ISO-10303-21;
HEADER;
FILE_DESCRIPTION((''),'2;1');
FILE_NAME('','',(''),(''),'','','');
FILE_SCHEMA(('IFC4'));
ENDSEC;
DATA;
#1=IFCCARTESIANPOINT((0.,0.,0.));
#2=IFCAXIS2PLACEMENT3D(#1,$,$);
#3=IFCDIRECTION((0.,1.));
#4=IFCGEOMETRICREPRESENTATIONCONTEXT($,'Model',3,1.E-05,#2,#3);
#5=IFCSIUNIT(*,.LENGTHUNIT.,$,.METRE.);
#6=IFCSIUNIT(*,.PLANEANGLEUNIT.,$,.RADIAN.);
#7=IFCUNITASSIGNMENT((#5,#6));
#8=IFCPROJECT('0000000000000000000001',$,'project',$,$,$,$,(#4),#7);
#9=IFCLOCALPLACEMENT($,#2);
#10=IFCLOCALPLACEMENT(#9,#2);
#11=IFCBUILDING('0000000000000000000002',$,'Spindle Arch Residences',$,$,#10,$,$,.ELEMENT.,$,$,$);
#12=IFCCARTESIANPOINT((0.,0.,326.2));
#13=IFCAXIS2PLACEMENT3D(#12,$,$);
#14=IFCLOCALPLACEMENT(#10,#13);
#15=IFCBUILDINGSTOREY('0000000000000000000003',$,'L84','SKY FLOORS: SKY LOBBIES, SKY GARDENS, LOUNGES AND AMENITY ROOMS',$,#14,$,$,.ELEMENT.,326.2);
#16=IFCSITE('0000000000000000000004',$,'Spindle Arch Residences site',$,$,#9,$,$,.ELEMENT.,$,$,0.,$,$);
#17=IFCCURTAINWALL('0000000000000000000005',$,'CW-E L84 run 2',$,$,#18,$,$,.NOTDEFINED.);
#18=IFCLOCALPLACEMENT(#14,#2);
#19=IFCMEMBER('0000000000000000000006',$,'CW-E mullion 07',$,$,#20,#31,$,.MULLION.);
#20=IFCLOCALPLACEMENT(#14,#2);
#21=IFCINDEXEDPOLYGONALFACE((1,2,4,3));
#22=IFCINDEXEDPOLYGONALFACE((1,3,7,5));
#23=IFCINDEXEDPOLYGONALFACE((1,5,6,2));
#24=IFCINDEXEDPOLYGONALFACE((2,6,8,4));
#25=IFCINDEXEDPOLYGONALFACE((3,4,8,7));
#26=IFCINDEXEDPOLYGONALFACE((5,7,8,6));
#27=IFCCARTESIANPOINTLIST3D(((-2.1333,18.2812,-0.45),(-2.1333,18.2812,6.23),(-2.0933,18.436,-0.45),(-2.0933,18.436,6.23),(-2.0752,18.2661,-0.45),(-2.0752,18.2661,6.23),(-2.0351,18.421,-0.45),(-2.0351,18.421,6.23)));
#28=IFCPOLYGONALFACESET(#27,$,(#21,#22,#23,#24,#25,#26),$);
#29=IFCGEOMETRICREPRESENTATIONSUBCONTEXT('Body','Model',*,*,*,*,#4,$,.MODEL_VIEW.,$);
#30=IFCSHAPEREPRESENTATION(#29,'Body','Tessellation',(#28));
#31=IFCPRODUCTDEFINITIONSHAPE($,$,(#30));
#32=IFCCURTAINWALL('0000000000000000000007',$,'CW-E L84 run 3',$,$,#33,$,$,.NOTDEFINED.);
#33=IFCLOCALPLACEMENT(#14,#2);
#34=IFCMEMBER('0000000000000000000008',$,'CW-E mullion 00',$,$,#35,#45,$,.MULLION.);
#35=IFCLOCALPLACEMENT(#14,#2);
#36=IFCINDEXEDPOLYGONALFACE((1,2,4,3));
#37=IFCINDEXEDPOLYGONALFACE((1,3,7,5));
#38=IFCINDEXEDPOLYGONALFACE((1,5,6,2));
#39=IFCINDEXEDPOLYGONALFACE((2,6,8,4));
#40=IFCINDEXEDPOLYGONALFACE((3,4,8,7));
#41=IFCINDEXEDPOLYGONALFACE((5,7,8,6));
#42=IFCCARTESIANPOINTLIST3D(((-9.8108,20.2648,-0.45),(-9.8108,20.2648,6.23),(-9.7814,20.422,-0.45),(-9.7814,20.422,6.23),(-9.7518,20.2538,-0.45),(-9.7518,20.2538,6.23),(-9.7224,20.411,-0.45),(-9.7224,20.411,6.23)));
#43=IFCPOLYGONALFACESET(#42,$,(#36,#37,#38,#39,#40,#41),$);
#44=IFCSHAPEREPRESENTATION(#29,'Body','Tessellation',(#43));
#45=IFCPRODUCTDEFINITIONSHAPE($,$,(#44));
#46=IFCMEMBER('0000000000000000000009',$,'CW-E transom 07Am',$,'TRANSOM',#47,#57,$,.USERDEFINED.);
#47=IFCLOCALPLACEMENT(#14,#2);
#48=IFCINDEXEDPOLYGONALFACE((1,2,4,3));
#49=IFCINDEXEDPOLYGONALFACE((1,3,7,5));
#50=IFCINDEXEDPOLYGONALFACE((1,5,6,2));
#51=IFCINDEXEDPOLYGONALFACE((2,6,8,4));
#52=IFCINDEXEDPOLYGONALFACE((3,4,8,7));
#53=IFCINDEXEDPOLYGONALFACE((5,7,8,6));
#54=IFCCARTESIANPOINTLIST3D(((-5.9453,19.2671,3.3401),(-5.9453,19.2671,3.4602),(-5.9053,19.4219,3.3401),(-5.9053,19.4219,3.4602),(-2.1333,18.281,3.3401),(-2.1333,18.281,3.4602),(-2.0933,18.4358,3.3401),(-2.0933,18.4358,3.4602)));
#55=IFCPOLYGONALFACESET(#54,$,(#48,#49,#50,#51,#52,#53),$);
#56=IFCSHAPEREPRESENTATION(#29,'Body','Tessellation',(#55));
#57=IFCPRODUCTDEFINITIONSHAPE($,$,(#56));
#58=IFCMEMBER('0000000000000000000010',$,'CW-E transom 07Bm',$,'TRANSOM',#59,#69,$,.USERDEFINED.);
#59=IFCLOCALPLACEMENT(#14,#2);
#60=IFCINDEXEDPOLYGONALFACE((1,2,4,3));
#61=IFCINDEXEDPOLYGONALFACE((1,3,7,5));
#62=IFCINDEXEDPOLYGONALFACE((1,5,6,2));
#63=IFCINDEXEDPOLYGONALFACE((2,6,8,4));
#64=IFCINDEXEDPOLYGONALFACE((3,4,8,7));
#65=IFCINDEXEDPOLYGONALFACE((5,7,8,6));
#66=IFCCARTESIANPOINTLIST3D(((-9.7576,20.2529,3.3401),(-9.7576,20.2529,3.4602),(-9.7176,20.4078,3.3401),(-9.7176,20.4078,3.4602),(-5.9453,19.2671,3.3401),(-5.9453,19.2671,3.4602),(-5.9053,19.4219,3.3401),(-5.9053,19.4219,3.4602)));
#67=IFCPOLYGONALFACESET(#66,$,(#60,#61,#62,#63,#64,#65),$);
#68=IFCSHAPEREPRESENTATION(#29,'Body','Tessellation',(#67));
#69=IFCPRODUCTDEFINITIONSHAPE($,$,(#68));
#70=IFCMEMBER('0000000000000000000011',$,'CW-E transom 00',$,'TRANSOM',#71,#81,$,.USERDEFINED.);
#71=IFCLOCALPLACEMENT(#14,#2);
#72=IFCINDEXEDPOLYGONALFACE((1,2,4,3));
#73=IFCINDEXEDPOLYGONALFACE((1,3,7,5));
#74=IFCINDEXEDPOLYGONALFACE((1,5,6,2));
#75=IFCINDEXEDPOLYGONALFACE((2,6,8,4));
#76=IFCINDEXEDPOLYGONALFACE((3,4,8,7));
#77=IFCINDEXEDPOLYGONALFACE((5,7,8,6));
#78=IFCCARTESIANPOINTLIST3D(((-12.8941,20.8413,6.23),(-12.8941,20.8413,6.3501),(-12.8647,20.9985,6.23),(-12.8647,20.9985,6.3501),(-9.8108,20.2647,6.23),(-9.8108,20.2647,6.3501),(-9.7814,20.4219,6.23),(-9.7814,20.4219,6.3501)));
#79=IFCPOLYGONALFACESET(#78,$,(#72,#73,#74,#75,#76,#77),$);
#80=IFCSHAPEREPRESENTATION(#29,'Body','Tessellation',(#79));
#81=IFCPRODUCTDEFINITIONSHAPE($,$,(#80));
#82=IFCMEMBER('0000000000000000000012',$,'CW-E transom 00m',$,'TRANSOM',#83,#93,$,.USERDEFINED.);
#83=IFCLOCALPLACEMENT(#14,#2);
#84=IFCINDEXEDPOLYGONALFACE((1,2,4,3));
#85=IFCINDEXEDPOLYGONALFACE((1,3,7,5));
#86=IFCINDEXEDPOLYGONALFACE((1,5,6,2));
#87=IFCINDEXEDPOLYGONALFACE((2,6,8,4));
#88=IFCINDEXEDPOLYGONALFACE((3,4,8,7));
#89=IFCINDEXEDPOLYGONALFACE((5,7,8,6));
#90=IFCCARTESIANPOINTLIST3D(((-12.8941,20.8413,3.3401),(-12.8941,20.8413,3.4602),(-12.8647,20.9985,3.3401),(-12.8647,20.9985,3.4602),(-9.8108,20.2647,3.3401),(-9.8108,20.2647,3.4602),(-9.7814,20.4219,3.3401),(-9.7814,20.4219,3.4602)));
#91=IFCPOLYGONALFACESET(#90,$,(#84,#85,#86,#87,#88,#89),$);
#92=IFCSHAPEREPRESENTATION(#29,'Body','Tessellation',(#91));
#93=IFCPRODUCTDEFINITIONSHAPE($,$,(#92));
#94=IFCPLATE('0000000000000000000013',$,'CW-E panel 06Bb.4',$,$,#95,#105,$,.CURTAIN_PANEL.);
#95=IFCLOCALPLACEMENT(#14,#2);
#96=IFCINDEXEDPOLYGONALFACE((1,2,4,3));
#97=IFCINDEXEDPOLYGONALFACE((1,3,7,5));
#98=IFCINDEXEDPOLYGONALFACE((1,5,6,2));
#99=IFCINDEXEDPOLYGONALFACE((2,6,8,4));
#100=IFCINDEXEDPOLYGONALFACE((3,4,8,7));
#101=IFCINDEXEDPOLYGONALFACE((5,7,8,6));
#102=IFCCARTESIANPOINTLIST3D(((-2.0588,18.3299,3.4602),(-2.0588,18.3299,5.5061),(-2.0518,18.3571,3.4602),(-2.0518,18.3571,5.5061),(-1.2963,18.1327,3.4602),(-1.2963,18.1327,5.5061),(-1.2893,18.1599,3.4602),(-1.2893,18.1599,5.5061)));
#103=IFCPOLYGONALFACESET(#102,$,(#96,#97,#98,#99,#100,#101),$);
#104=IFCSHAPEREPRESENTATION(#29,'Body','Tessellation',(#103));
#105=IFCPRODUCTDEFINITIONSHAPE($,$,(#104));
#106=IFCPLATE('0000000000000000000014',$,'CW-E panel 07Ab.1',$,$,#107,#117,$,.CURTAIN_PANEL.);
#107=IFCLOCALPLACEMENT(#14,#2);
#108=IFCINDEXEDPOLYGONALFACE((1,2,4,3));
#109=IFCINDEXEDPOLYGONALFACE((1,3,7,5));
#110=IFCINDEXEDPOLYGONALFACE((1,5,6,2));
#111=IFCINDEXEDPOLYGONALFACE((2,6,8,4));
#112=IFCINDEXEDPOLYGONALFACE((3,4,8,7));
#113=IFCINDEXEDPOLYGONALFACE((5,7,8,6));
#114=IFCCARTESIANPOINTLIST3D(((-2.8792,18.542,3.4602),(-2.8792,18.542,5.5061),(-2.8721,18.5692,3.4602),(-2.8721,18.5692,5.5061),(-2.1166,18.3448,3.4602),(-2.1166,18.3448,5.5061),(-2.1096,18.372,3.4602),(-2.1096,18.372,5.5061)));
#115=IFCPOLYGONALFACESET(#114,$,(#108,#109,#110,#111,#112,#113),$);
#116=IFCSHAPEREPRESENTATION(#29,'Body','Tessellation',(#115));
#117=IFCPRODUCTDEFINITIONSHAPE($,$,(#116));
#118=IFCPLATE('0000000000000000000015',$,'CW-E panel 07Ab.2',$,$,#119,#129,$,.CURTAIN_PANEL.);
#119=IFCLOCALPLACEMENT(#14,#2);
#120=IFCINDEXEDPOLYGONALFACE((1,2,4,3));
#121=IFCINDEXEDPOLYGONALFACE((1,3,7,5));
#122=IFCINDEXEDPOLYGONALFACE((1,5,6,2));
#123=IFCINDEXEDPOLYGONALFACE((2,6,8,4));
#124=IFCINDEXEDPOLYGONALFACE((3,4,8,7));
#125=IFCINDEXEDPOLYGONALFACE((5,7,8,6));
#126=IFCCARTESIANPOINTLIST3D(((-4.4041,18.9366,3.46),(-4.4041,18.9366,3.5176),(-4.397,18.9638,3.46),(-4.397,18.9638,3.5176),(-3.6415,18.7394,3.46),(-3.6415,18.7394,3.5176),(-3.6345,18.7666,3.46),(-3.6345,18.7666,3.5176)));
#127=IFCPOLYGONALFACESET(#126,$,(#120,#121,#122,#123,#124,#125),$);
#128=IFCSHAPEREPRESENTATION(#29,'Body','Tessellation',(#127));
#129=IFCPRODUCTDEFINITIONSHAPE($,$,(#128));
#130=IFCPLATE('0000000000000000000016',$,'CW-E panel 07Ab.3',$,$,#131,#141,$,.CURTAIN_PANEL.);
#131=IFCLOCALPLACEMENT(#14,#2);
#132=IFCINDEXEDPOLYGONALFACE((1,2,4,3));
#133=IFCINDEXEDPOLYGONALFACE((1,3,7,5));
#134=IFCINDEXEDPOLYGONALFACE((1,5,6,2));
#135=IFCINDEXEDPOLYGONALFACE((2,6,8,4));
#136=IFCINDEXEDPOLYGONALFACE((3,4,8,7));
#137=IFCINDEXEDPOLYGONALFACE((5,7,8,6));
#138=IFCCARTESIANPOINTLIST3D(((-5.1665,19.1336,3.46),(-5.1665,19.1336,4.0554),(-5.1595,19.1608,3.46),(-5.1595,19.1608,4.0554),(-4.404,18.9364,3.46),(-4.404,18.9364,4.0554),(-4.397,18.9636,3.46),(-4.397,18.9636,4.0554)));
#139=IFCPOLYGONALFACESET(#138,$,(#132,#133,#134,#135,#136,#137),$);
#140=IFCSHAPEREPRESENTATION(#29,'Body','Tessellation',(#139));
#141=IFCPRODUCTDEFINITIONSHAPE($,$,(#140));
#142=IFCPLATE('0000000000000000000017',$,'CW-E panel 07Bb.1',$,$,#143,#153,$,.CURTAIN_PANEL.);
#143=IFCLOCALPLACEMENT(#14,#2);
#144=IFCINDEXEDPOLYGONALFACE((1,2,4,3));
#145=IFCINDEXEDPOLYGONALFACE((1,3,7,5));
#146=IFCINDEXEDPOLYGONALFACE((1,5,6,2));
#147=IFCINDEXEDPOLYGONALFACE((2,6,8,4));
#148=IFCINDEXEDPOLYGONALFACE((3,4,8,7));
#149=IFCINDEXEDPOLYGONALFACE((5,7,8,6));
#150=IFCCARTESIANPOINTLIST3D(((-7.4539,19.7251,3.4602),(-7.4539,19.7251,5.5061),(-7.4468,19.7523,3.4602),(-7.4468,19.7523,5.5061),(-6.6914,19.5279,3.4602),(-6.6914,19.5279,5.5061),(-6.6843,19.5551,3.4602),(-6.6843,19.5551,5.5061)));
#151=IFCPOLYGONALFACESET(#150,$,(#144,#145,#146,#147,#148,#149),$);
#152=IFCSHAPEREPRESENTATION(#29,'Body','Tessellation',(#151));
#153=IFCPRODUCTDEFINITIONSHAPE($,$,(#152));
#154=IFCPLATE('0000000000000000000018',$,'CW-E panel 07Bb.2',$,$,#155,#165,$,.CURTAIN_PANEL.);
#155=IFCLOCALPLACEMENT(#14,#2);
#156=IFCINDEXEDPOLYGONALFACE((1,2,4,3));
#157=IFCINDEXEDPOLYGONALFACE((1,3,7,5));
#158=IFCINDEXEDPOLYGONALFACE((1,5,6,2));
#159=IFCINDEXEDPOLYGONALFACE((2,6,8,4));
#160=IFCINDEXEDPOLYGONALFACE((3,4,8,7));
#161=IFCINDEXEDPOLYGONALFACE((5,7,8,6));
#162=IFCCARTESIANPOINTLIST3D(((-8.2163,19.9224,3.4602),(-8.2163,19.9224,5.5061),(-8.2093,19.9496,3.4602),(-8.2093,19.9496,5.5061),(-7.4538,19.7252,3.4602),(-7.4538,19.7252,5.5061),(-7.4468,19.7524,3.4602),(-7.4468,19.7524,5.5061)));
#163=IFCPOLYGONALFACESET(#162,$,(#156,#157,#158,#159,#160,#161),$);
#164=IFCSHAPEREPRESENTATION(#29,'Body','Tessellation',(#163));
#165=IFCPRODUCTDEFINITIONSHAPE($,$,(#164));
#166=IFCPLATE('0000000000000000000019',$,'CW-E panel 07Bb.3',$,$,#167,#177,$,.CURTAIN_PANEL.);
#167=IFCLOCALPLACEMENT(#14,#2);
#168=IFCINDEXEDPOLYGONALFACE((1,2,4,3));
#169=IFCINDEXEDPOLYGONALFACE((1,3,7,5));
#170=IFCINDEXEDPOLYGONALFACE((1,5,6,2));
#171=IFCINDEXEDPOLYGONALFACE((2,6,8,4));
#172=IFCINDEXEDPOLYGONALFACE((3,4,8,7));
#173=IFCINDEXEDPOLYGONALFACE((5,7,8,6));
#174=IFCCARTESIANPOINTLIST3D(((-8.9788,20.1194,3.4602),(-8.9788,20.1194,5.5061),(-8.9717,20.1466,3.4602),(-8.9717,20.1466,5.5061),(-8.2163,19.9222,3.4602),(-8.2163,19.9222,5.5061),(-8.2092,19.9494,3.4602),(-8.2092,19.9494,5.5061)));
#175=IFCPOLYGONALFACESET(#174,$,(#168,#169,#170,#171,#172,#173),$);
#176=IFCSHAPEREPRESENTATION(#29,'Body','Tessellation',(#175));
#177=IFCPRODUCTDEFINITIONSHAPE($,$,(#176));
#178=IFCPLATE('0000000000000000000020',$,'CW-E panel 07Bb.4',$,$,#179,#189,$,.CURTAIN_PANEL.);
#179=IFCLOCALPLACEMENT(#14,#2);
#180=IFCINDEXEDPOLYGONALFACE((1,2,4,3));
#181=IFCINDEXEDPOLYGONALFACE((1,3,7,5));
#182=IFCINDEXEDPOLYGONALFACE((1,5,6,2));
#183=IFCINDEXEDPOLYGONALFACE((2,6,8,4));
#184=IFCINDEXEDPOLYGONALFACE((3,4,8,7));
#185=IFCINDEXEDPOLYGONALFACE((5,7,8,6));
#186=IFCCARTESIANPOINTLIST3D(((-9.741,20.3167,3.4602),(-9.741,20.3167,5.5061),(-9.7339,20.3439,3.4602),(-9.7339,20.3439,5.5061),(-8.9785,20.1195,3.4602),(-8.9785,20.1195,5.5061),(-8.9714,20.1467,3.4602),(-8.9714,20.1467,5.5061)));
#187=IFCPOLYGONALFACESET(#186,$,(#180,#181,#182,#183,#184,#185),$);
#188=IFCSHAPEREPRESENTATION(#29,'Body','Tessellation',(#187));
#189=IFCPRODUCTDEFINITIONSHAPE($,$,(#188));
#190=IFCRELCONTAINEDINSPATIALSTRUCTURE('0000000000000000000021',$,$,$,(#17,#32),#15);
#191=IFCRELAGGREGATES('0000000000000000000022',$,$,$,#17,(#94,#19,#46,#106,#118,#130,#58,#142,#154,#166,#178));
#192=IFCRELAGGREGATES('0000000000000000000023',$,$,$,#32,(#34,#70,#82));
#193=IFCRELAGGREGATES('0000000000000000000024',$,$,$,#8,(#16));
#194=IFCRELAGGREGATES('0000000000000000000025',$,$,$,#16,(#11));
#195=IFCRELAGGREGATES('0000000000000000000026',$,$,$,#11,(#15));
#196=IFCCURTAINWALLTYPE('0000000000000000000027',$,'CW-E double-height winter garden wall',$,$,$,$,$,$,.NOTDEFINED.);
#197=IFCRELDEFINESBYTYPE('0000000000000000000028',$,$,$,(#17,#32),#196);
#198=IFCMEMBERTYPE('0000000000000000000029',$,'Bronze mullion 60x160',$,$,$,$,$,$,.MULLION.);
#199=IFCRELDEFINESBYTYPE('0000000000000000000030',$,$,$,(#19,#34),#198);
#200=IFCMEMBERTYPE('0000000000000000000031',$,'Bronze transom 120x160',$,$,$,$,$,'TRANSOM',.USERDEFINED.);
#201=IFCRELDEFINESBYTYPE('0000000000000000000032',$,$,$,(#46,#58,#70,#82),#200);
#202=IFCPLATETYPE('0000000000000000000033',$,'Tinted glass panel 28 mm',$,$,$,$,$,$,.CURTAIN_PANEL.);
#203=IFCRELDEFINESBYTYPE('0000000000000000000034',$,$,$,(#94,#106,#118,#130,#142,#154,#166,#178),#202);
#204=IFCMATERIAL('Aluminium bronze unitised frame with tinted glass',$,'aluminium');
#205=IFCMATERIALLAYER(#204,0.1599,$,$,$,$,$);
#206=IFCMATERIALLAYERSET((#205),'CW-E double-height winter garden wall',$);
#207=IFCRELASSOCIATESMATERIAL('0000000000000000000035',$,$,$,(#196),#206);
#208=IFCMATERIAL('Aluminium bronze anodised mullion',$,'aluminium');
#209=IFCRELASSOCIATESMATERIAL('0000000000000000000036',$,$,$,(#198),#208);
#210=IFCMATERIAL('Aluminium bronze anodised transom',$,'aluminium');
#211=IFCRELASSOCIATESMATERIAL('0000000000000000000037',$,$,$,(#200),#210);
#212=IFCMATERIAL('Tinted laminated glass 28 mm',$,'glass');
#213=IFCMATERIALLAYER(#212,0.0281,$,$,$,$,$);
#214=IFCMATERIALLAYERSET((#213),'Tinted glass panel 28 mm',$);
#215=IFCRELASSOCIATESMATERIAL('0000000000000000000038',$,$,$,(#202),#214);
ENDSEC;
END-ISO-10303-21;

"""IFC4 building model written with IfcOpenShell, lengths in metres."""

from ifc_helpers import new_model, si_unit, direction, frame, origin, origin_2d, place, context, subcontext, project, spatial, rectangle, extrude, material, layer, layer_set, material_profile, profile_set, type_object, element, aggregate, save


model = new_model("IFC4")

# Units and contexts
model_context = context("Model", 3, precision=1e-05, world=origin(), true_north=direction((0.0, 1.0)))
body_context = subcontext(model_context, "Body", "Model", "MODEL_VIEW")
ifc_project = project(units=[si_unit("LENGTHUNIT", "METRE"), si_unit("PLANEANGLEUNIT", "RADIAN")], contexts=[model_context])

# Site, building, storey
site_placement = place(None, origin())
site = spatial("IfcSite", under=ifc_project, at=site_placement, Name="Spindle Arch Residences site", CompositionType="ELEMENT", RefElevation=0.0)
building_placement = place(site_placement, origin())
building = spatial("IfcBuilding", under=site, at=building_placement, Name="Spindle Arch Residences", CompositionType="ELEMENT")
storey_placement = place(building_placement, frame((0.0, 0.0, 326.2)))
storey = spatial("IfcBuildingStorey", under=building, at=storey_placement, Name="L84", Description="SKY FLOORS: SKY LOBBIES, SKY GARDENS, LOUNGES AND AMENITY ROOMS", CompositionType="ELEMENT", Elevation=326.2)

# Curtain walls, members
ifc_material_1 = material(Name="Aluminium bronze unitised frame with tinted glass", Category="aluminium")
ifc_layer_1 = layer(ifc_material_1, 0.1599)
ifc_layer_set_1 = layer_set([ifc_layer_1], Name="CW-E double-height winter garden wall")
curtain_wall_type = type_object("IfcCurtainWallType", Name="CW-E double-height winter garden wall", PredefinedType="NOTDEFINED", material=ifc_layer_set_1)
curtain_wall_1_placement = place(storey_placement, origin())
curtain_wall_1 = element("IfcCurtainWall", 1, at=curtain_wall_1_placement, inside=storey, type_object=curtain_wall_type, Name="CW-E L84 run 2", PredefinedType="NOTDEFINED")
ifc_material_2 = material(Name="Aluminium bronze anodised mullion", Category="aluminium")
ifc_material_profile_1 = material_profile(ifc_material_2, rectangle(XDim=0.1599, YDim=0.0601, at=origin_2d()), Name="MU 60x160")
ifc_profile_set_1 = profile_set([ifc_material_profile_1], Name="Aluminium bronze anodised mullion")
member_type_1 = type_object("IfcMemberType", Name="Bronze mullion 60x160", PredefinedType="MULLION", material=ifc_profile_set_1)
member_1_placement = place(storey_placement, frame((-2.0842, 18.3511, -0.45), z_axis=(0.0, 0.0, 1.0), x_axis=(-0.25038, -0.968148, 0.0)))
member_1 = element("IfcMember", 2, at=member_1_placement, type_object=member_type_1, Name="CW-E mullion 07", PredefinedType="MULLION", context=body_context, shape_type="SweptSolid", body=[
    extrude(rectangle(XDim=0.1599, YDim=0.0601, at=origin_2d()), origin(), (0.0, 0.0, 1.0), 6.6799),
])
curtain_wall_2_placement = place(storey_placement, origin())
curtain_wall_2 = element("IfcCurtainWall", 3, at=curtain_wall_2_placement, inside=storey, type_object=curtain_wall_type, Name="CW-E L84 run 3", PredefinedType="NOTDEFINED")
member_2_placement = place(storey_placement, frame((-9.7666, 20.3379, -0.45), z_axis=(0.0, 0.0, 1.0), x_axis=(-0.183837, -0.982957, 0.0)))
member_2 = element("IfcMember", 4, at=member_2_placement, type_object=member_type_1, Name="CW-E mullion 00", PredefinedType="MULLION", context=body_context, shape_type="SweptSolid", body=[
    extrude(rectangle(XDim=0.1599, YDim=0.0601, at=origin_2d()), origin(), (0.0, 0.0, 1.0), 6.6799),
])

# Members
ifc_material_3 = material(Name="Aluminium bronze anodised transom", Category="aluminium")
ifc_material_profile_2 = material_profile(ifc_material_3, rectangle(XDim=0.1599, YDim=0.1201, at=origin_2d()), Name="TR 120x160")
ifc_profile_set_2 = profile_set([ifc_material_profile_2], Name="Aluminium bronze anodised transom")
member_type_2 = type_object("IfcMemberType", Name="Bronze transom 120x160", ElementType="TRANSOM", PredefinedType="USERDEFINED", material=ifc_profile_set_2)
member_3_placement = place(storey_placement, frame((-2.1133, 18.3584, 3.4001), z_axis=(-0.968133, 0.250435, 0.0), x_axis=(-0.250435, -0.968133, 0.0)))
member_3 = element("IfcMember", 5, at=member_3_placement, type_object=member_type_2, Name="CW-E transom 07Am", ObjectType="TRANSOM", PredefinedType="USERDEFINED", context=body_context, shape_type="SweptSolid", body=[
    extrude(rectangle(XDim=0.1599, YDim=0.1201, at=origin_2d()), origin(), (0.0, 0.0, 1.0), 3.9375),
])
member_4_placement = place(storey_placement, frame((-5.9253, 19.3445, 3.4001), z_axis=(-0.968152, 0.250362, 0.0), x_axis=(-0.250362, -0.968152, 0.0)))
member_4 = element("IfcMember", 6, at=member_4_placement, type_object=member_type_2, Name="CW-E transom 07Bm", ObjectType="TRANSOM", PredefinedType="USERDEFINED", context=body_context, shape_type="SweptSolid", body=[
    extrude(rectangle(XDim=0.1599, YDim=0.1201, at=origin_2d()), origin(), (0.0, 0.0, 1.0), 3.9377),
])
member_5_placement = place(storey_placement, frame((-9.7961, 20.3433, 6.29), z_axis=(-0.982956, 0.183842, 0.0), x_axis=(-0.183842, -0.982956, 0.0)))
member_5 = element("IfcMember", 7, at=member_5_placement, type_object=member_type_2, Name="CW-E transom 00", ObjectType="TRANSOM", PredefinedType="USERDEFINED", context=body_context, shape_type="SweptSolid", body=[
    extrude(rectangle(XDim=0.1599, YDim=0.1201, at=origin_2d()), origin(), (0.0, 0.0, 1.0), 3.1367),
])
member_6_placement = place(storey_placement, frame((-9.7961, 20.3433, 3.4001), z_axis=(-0.982956, 0.183842, 0.0), x_axis=(-0.183842, -0.982956, 0.0)))
member_6 = element("IfcMember", 8, at=member_6_placement, type_object=member_type_2, Name="CW-E transom 00m", ObjectType="TRANSOM", PredefinedType="USERDEFINED", context=body_context, shape_type="SweptSolid", body=[
    extrude(rectangle(XDim=0.1599, YDim=0.1201, at=origin_2d()), origin(), (0.0, 0.0, 1.0), 3.1367),
])

# Plates
ifc_material_4 = material(Name="Tinted laminated glass 28 mm", Category="glass")
ifc_layer_2 = layer(ifc_material_4, 0.0281)
ifc_layer_set_2 = layer_set([ifc_layer_2], Name="Tinted glass panel 28 mm")
plate_type_1 = type_object("IfcPlateType", Name="Tinted glass panel 28 mm", PredefinedType="CURTAIN_PANEL", material=ifc_layer_set_2)
plate_1_placement = place(storey_placement, frame((-1.6741, 18.2449, 3.4602), z_axis=(0.0, 0.0, 1.0), x_axis=(-0.968148, 0.25038, 0.0)))
plate_1 = element("IfcPlate", 9, at=plate_1_placement, type_object=plate_type_1, Name="CW-E panel 06Bb.4", PredefinedType="CURTAIN_PANEL", context=body_context, shape_type="SweptSolid", body=[
    extrude(rectangle(XDim=0.7876, YDim=0.0281, at=origin_2d()), origin(), (0.0, 0.0, 1.0), 2.0459),
])
plate_2_placement = place(storey_placement, frame((-2.4944, 18.457, 3.4602), z_axis=(0.0, 0.0, 1.0), x_axis=(-0.968148, 0.25038, 0.0)))
plate_2 = element("IfcPlate", 10, at=plate_2_placement, type_object=plate_type_1, Name="CW-E panel 07Ab.1", PredefinedType="CURTAIN_PANEL", context=body_context, shape_type="SweptSolid", body=[
    extrude(rectangle(XDim=0.7876, YDim=0.0281, at=origin_2d()), origin(), (0.0, 0.0, 1.0), 2.0459),
])
plate_3_placement = place(storey_placement, frame((-4.0193, 18.8516, 3.46), z_axis=(0.0, 0.0, 1.0), x_axis=(-0.968148, 0.25038, 0.0)))
plate_3 = element("IfcPlate", 11, at=plate_3_placement, type_object=plate_type_1, Name="CW-E panel 07Ab.2", PredefinedType="CURTAIN_PANEL", context=body_context, shape_type="SweptSolid", body=[
    extrude(rectangle(XDim=0.7876, YDim=0.0281, at=origin_2d()), origin(), (0.0, 0.0, 1.0), 0.0576),
])
plate_4_placement = place(storey_placement, frame((-4.7817, 19.0486, 3.46), z_axis=(0.0, 0.0, 1.0), x_axis=(-0.968148, 0.25038, 0.0)))
plate_4 = element("IfcPlate", 12, at=plate_4_placement, type_object=plate_type_1, Name="CW-E panel 07Ab.3", PredefinedType="CURTAIN_PANEL", context=body_context, shape_type="SweptSolid", body=[
    extrude(rectangle(XDim=0.7876, YDim=0.0281, at=origin_2d()), origin(), (0.0, 0.0, 1.0), 0.5955),
])
plate_5_placement = place(storey_placement, frame((-7.0691, 19.6401, 3.4602), z_axis=(0.0, 0.0, 1.0), x_axis=(-0.968148, 0.25038, 0.0)))
plate_5 = element("IfcPlate", 13, at=plate_5_placement, type_object=plate_type_1, Name="CW-E panel 07Bb.1", PredefinedType="CURTAIN_PANEL", context=body_context, shape_type="SweptSolid", body=[
    extrude(rectangle(XDim=0.7876, YDim=0.0281, at=origin_2d()), origin(), (0.0, 0.0, 1.0), 2.0459),
])
plate_6_placement = place(storey_placement, frame((-7.8315, 19.8374, 3.4602), z_axis=(0.0, 0.0, 1.0), x_axis=(-0.968148, 0.25038, 0.0)))
plate_6 = element("IfcPlate", 14, at=plate_6_placement, type_object=plate_type_1, Name="CW-E panel 07Bb.2", PredefinedType="CURTAIN_PANEL", context=body_context, shape_type="SweptSolid", body=[
    extrude(rectangle(XDim=0.7876, YDim=0.0281, at=origin_2d()), origin(), (0.0, 0.0, 1.0), 2.0459),
])
plate_7_placement = place(storey_placement, frame((-8.594, 20.0344, 3.4602), z_axis=(0.0, 0.0, 1.0), x_axis=(-0.968148, 0.25038, 0.0)))
plate_7 = element("IfcPlate", 15, at=plate_7_placement, type_object=plate_type_1, Name="CW-E panel 07Bb.3", PredefinedType="CURTAIN_PANEL", context=body_context, shape_type="SweptSolid", body=[
    extrude(rectangle(XDim=0.7876, YDim=0.0281, at=origin_2d()), origin(), (0.0, 0.0, 1.0), 2.0459),
])
plate_8_placement = place(storey_placement, frame((-9.3562, 20.2317, 3.4602), z_axis=(0.0, 0.0, 1.0), x_axis=(-0.968148, 0.25038, 0.0)))
plate_8 = element("IfcPlate", 16, at=plate_8_placement, type_object=plate_type_1, Name="CW-E panel 07Bb.4", PredefinedType="CURTAIN_PANEL", context=body_context, shape_type="SweptSolid", body=[
    extrude(rectangle(XDim=0.7876, YDim=0.0281, at=origin_2d()), origin(), (0.0, 0.0, 1.0), 2.0459),
])
aggregate(curtain_wall_1, [plate_1, member_1, member_3, plate_2, plate_3, plate_4, member_4, plate_5, plate_6, plate_7, plate_8])
aggregate(curtain_wall_2, [member_2, member_5, member_6])

save(model, "model.ifc")
